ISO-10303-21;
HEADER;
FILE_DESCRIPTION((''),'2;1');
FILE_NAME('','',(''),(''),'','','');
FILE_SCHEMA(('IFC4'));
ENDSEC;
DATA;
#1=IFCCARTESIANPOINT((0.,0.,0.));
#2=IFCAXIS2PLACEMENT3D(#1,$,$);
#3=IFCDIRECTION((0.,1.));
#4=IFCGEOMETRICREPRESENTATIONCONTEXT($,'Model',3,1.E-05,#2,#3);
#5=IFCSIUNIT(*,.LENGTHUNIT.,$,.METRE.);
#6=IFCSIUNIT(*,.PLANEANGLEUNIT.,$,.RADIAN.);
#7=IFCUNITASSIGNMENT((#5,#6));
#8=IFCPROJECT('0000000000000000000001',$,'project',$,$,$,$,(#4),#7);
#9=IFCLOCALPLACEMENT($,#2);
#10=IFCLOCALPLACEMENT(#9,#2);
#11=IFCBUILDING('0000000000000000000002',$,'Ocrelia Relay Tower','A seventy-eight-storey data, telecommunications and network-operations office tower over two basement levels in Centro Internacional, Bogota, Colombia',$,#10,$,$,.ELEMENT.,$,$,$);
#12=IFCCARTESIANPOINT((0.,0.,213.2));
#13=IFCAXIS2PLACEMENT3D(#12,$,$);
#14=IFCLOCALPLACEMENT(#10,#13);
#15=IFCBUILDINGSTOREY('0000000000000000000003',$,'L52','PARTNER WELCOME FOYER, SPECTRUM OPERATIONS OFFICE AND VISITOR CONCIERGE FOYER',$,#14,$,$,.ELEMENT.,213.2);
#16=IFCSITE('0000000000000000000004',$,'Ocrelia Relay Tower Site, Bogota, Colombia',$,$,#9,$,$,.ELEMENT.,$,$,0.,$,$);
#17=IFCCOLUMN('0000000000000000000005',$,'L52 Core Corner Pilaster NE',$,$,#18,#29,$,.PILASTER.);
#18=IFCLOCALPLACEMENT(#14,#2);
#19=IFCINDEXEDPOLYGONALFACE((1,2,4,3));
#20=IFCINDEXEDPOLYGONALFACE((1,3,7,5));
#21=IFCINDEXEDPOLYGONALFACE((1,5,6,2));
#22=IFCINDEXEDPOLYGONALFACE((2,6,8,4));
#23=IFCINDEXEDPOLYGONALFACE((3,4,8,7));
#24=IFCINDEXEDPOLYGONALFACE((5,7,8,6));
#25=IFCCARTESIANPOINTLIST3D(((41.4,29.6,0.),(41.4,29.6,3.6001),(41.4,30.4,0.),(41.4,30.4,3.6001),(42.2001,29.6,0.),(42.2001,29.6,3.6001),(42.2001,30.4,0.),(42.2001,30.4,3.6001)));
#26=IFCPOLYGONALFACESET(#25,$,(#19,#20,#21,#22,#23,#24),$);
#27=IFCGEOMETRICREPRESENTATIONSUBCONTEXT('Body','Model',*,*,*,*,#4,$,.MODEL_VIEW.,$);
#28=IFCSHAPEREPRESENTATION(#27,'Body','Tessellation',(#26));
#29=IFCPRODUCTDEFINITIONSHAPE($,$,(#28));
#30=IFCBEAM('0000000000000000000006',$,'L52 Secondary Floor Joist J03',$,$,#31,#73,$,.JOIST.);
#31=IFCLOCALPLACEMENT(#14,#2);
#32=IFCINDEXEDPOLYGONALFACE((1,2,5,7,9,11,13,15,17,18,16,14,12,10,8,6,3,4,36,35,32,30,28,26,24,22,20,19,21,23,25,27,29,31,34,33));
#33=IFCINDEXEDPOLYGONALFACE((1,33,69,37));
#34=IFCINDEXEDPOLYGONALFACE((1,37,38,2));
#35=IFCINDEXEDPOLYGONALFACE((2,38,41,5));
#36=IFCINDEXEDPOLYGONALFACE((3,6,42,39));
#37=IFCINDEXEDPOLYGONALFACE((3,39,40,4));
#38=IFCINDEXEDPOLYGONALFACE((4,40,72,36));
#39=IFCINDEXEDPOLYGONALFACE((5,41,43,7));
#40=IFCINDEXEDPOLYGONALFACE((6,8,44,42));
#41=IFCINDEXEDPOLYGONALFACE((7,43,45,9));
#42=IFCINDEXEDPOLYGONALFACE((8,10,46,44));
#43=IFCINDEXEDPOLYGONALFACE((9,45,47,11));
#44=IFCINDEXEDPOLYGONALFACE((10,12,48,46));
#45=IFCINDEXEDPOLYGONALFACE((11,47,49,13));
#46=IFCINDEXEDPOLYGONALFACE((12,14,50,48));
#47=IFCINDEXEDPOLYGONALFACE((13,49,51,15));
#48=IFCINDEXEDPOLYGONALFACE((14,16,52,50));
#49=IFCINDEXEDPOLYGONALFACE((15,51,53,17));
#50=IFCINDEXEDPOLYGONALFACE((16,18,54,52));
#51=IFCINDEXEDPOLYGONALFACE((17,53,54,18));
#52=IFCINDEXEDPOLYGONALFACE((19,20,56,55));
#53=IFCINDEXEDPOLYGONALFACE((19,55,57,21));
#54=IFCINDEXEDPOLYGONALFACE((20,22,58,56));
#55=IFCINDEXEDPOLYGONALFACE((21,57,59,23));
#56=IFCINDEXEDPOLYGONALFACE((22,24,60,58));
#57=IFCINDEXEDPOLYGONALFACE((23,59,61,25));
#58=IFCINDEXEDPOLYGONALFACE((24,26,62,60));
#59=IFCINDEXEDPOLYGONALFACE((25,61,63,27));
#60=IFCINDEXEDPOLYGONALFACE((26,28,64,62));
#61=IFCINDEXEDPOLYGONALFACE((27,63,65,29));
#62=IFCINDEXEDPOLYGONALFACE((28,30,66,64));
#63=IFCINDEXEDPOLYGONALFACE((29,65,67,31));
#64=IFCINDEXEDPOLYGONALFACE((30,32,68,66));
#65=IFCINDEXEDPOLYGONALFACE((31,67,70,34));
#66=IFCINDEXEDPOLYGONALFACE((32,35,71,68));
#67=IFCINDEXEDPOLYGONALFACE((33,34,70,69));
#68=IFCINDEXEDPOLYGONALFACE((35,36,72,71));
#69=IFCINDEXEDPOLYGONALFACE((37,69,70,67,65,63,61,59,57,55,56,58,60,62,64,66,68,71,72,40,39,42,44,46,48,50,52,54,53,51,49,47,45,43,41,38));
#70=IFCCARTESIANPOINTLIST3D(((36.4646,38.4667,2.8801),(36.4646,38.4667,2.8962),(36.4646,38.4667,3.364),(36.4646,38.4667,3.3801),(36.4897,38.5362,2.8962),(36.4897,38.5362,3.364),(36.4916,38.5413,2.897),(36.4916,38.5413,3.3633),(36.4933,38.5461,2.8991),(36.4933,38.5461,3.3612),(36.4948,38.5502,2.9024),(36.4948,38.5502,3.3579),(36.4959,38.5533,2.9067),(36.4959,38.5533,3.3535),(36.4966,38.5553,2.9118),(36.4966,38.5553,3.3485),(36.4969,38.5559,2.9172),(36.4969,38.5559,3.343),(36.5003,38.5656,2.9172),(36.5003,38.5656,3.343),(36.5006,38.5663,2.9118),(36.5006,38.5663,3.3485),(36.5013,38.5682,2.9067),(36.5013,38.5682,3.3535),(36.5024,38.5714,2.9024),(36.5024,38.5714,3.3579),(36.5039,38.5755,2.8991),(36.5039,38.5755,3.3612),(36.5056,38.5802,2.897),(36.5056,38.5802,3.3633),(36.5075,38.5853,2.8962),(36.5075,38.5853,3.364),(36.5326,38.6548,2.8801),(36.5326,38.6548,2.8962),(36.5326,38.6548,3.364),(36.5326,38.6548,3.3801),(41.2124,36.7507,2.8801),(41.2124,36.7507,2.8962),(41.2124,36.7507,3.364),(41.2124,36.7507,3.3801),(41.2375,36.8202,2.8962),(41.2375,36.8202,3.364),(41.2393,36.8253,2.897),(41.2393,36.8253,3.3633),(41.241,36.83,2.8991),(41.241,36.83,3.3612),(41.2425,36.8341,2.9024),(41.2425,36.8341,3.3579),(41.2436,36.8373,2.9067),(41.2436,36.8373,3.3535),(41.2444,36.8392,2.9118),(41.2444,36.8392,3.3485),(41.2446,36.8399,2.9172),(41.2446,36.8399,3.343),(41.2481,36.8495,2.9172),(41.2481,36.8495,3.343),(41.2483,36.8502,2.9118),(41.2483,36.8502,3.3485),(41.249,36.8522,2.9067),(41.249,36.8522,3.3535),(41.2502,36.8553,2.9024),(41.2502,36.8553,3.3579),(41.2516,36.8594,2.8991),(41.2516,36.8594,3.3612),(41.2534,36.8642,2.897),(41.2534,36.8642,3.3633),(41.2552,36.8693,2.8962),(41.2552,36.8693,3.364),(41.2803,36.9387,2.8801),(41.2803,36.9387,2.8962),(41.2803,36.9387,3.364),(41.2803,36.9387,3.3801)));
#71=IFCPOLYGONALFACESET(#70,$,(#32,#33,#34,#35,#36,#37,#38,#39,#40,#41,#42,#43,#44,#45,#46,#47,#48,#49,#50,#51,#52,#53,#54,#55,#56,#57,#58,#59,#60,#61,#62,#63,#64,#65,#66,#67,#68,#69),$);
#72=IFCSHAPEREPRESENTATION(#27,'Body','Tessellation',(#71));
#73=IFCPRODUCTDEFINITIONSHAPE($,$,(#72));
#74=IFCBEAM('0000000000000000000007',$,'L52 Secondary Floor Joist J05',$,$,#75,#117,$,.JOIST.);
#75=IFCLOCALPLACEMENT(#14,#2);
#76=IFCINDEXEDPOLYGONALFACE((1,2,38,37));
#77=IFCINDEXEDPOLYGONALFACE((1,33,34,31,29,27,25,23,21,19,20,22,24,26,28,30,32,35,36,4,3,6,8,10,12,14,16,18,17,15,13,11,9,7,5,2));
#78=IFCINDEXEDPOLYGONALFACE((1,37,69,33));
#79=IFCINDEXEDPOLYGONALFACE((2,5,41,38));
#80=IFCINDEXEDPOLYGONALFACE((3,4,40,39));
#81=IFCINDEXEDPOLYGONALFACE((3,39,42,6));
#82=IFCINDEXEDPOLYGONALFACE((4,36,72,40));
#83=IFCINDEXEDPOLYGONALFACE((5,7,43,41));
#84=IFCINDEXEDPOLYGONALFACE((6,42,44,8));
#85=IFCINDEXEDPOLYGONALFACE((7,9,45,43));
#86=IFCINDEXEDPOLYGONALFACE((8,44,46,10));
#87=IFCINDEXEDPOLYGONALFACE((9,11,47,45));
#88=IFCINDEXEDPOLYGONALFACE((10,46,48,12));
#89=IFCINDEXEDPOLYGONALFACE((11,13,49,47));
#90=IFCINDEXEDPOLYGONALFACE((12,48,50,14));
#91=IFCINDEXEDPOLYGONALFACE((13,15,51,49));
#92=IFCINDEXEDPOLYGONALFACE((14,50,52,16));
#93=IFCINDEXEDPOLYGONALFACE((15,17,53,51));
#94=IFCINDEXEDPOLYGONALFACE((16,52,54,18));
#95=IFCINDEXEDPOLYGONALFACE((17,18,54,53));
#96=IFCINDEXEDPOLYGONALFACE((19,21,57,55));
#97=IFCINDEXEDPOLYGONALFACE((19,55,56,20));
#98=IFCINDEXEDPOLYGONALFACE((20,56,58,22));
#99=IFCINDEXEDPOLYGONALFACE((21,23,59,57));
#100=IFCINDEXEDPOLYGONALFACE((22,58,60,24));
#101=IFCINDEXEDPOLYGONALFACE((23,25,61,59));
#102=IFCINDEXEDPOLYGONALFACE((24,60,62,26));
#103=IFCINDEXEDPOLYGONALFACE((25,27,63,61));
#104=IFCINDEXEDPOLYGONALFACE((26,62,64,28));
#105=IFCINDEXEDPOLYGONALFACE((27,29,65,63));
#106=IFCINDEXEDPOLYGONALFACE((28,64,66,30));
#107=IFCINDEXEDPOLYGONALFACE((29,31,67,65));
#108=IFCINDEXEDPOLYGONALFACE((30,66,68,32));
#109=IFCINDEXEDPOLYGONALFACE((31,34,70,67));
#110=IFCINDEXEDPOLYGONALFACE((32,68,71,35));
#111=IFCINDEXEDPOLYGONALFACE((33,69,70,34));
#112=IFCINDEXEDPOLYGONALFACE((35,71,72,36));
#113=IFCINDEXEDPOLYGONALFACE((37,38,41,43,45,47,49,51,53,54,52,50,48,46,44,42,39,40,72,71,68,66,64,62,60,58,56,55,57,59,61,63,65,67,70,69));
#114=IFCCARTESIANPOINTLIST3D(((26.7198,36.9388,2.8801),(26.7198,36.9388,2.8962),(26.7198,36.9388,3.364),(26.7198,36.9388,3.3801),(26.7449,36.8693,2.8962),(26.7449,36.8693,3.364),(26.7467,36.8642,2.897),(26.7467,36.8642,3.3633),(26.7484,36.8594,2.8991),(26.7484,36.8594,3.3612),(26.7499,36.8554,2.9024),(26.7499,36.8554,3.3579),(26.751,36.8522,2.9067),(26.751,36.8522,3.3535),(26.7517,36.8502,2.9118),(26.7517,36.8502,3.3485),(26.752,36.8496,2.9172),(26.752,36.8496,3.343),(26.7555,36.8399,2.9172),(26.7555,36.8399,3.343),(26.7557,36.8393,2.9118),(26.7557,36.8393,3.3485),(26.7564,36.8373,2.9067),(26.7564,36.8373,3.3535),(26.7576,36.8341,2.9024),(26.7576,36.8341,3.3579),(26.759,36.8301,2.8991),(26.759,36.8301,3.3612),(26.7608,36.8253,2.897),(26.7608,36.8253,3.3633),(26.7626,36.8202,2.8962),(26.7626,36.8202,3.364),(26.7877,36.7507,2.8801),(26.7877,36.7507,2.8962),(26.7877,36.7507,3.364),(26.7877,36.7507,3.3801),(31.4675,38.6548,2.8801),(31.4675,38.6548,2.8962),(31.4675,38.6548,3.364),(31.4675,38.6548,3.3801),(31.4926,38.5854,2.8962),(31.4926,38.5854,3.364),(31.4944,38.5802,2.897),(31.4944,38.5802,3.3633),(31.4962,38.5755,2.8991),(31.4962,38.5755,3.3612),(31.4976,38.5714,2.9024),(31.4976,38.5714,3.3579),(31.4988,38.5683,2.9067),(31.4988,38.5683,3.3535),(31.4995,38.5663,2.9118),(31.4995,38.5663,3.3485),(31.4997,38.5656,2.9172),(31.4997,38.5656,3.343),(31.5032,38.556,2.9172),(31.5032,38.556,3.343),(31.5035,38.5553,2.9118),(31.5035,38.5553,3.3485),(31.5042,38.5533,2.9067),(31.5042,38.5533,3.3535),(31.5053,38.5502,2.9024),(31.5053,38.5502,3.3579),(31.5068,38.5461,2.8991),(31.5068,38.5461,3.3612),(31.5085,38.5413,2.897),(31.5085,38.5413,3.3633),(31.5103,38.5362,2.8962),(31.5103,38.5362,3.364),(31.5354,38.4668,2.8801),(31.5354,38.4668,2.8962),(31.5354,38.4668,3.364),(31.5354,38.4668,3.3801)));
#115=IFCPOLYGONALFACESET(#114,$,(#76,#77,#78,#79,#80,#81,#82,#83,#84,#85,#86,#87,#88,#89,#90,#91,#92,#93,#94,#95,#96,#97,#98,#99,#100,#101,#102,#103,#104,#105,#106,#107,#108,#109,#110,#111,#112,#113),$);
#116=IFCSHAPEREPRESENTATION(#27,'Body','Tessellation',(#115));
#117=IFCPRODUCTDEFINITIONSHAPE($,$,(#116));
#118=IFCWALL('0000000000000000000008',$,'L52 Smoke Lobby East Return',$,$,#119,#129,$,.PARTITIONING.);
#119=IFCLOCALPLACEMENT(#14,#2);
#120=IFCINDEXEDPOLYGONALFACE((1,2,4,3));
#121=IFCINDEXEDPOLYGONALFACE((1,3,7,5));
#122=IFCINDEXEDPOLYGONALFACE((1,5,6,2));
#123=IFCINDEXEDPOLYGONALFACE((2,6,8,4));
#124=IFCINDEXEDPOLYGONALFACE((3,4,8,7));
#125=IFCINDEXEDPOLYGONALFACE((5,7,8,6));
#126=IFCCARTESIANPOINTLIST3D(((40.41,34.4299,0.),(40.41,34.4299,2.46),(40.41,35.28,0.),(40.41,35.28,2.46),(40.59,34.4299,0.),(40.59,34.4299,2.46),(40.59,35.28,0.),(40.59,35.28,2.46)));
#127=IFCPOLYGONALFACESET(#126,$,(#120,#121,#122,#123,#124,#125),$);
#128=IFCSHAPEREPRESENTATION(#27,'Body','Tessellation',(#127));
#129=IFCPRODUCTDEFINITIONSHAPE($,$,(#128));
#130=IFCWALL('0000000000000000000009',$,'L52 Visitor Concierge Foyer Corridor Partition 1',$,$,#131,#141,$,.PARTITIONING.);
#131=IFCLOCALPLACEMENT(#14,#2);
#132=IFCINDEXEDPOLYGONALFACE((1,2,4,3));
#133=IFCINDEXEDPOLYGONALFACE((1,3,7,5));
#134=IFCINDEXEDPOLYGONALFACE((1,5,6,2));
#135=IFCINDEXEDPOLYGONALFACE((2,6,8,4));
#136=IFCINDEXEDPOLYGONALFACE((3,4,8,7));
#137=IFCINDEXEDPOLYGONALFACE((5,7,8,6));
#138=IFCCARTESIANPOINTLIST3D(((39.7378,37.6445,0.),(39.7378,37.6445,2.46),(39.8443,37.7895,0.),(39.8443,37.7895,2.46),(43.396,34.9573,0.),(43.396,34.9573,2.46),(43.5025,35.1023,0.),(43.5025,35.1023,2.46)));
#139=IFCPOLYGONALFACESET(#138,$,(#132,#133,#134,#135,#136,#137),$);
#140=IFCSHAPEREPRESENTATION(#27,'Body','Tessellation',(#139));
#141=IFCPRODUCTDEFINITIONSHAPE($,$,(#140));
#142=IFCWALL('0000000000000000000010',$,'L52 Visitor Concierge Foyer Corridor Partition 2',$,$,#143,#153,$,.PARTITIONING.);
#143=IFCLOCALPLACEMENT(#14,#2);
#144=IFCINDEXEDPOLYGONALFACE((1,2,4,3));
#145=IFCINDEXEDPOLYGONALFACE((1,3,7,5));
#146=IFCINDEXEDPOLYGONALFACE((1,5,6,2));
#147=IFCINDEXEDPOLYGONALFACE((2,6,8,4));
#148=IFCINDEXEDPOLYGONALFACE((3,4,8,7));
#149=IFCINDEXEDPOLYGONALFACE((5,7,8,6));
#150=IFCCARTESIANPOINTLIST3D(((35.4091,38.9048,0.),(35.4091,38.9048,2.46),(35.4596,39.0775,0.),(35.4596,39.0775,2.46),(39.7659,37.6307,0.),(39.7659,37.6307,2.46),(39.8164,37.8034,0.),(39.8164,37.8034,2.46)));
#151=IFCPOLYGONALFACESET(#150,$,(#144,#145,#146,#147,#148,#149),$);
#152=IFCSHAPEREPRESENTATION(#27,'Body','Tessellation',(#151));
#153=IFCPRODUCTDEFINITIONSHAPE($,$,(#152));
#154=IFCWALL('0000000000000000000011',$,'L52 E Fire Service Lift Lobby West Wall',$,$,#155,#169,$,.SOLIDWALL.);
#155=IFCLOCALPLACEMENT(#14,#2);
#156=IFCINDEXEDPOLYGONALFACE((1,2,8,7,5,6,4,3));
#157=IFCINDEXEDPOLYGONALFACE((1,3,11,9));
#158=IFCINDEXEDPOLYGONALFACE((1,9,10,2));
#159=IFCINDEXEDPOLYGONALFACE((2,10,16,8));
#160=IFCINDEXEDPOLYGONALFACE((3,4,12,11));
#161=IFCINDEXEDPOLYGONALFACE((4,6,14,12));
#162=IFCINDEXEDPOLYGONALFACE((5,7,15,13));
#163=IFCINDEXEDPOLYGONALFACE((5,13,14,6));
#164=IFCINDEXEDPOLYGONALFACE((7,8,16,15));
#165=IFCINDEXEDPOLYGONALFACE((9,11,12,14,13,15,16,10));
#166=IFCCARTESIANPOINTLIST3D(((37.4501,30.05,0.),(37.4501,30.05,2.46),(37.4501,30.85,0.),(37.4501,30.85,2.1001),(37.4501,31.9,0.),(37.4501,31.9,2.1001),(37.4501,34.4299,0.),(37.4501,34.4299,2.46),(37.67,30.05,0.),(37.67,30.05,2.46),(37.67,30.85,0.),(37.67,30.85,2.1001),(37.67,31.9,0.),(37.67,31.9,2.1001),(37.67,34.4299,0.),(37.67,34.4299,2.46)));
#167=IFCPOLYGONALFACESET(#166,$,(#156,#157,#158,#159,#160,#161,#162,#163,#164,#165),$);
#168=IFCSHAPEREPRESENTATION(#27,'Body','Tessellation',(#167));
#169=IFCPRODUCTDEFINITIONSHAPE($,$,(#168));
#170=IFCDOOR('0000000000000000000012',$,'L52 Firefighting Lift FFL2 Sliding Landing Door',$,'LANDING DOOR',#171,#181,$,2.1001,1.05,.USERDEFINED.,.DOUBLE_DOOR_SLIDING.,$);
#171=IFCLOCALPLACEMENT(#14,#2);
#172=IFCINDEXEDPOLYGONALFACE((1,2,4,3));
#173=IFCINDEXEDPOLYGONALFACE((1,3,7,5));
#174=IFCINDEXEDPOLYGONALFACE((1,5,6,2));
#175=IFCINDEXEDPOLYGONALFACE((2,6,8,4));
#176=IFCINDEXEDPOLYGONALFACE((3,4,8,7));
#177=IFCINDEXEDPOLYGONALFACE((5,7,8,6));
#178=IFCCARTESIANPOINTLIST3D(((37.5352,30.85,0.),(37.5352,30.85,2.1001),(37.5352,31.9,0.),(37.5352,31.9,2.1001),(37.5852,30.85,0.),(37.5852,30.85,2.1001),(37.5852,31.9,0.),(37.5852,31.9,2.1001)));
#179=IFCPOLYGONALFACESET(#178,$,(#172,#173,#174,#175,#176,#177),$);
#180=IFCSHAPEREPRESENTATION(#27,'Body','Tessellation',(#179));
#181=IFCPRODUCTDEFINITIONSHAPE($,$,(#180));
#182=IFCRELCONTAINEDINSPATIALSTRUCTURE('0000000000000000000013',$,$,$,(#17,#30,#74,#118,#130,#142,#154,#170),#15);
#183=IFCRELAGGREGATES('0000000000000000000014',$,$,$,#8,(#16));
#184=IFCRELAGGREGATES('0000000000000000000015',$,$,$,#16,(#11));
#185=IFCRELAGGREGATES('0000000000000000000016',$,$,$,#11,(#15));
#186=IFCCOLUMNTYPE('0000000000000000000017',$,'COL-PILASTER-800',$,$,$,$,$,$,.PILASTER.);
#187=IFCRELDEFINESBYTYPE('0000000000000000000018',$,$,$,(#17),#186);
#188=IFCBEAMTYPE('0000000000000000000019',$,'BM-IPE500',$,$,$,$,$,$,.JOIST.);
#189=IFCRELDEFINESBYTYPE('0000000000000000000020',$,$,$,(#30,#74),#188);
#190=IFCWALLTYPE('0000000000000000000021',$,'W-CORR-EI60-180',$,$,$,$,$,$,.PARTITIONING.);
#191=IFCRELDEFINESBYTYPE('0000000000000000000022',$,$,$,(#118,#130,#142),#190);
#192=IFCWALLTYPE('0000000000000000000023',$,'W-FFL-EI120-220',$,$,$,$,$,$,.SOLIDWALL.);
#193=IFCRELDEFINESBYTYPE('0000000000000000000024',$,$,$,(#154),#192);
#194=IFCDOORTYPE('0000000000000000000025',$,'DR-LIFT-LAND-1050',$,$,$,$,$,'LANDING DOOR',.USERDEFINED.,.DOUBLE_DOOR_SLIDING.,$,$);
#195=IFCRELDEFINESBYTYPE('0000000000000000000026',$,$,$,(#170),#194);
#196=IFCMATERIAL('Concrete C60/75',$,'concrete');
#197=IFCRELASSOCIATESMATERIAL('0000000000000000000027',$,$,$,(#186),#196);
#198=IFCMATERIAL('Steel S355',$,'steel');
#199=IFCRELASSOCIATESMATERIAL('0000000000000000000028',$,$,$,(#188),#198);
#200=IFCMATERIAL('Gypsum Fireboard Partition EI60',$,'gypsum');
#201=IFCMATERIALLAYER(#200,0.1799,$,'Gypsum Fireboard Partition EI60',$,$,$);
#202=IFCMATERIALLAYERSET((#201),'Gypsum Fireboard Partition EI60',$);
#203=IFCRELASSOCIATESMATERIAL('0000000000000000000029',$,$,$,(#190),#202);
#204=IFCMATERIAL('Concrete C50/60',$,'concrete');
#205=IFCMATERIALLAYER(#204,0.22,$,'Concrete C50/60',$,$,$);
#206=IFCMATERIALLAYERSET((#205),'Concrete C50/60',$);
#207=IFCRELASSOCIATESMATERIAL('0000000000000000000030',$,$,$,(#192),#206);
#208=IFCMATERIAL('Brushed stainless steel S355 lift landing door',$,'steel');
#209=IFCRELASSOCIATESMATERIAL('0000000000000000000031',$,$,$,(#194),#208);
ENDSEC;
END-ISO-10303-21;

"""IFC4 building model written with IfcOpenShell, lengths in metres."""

from ifc_helpers import new_model, si_unit, direction, frame, frame_2d, origin, origin_2d, place, context, subcontext, project, spatial, rectangle, i_section, extrude, material, layer, layer_set, material_profile, profile_set, type_object, element, fill, save


model = new_model("IFC4")

# Units and contexts
model_context = context("Model", 3, precision=1e-05, world=origin(), true_north=direction((0.0, 1.0)))
body_context = subcontext(model_context, "Body", "Model", "MODEL_VIEW")
ifc_project = project(units=[si_unit("LENGTHUNIT", "METRE"), si_unit("PLANEANGLEUNIT", "RADIAN")], contexts=[model_context])

# Site, building, storey
site_placement = place(None, origin())
site = spatial("IfcSite", under=ifc_project, at=site_placement, Name="Ocrelia Relay Tower Site, Bogota, Colombia", CompositionType="ELEMENT", RefElevation=0.0)
building_placement = place(site_placement, origin())
building = spatial("IfcBuilding", under=site, at=building_placement, Name="Ocrelia Relay Tower", Description="A seventy-eight-storey data, telecommunications and network-operations office tower over two basement levels in Centro Internacional, Bogota, Colombia", CompositionType="ELEMENT")
storey_placement = place(building_placement, frame((0.0, 0.0, 213.2)))
storey = spatial("IfcBuildingStorey", under=building, at=storey_placement, Name="L52", Description="PARTNER WELCOME FOYER, SPECTRUM OPERATIONS OFFICE AND VISITOR CONCIERGE FOYER", CompositionType="ELEMENT", Elevation=213.2)

# Column
ifc_material_1 = material(Name="Concrete C60/75", Category="concrete")
ifc_material_profile_1 = material_profile(ifc_material_1, rectangle(XDim=0.8, YDim=0.8, at=origin_2d()), Name="RC-COL-800x800")
ifc_profile_set_1 = profile_set([ifc_material_profile_1], Name="Concrete C60/75")
column_type = type_object("IfcColumnType", Name="COL-PILASTER-800", PredefinedType="PILASTER", material=ifc_profile_set_1)
column_placement = place(storey_placement, frame((41.8, 30.0, 0.0), z_axis=(0.0, 0.0, 1.0), x_axis=(1.0, 0.0, 0.0)))
element("IfcColumn", 1, at=column_placement, inside=storey, type_object=column_type, Name="L52 Core Corner Pilaster NE", PredefinedType="PILASTER", context=body_context, shape_type="SweptSolid", body=[
    extrude(rectangle(XDim=0.8, YDim=0.8, at=origin_2d()), origin(), (0.0, 0.0, 1.0), 3.6001),
])

# Beams
ifc_material_2 = material(Name="Steel S355", Category="steel")
ifc_material_profile_2 = material_profile(ifc_material_2, i_section(OverallWidth=0.2, OverallDepth=0.5, WebThickness=0.0103, FlangeThickness=0.0161, FilletRadius=0.021, at=origin_2d()), Name="IPE 500")
ifc_profile_set_2 = profile_set([ifc_material_profile_2], Name="Steel S355")
beam_type = type_object("IfcBeamType", Name="BM-IPE500", PredefinedType="JOIST", material=ifc_profile_set_2)
for number, where, z_axis, x_axis, name in (
    (2, (41.2463, 36.8447, 3.1301), (-0.940454, 0.339921, 0.0), (-0.339921, -0.940454, 0.0), "L52 Secondary Floor Joist J03"),
    (3, (31.5015, 38.5608, 3.1301), (-0.940454, -0.339921, 0.0), (0.339921, -0.940454, 0.0), "L52 Secondary Floor Joist J05"),
):
    element("IfcBeam", number, at=place(storey_placement, frame(where, z_axis=z_axis, x_axis=x_axis)), inside=storey, type_object=beam_type, Name=name, PredefinedType="JOIST", context=body_context, shape_type="SweptSolid", body=[
        extrude(i_section(OverallWidth=0.2, OverallDepth=0.5, WebThickness=0.0103, FlangeThickness=0.0161, FilletRadius=0.021, at=origin_2d()), origin(), (0.0, 0.0, 1.0), 5.0483),
    ])

# Wall
ifc_material_3 = material(Name="Gypsum Fireboard Partition EI60", Category="gypsum")
ifc_layer_1 = layer(ifc_material_3, 0.1799, Name="Gypsum Fireboard Partition EI60")
ifc_layer_set_1 = layer_set([ifc_layer_1], Name="Gypsum Fireboard Partition EI60")
wall_type_1 = type_object("IfcWallType", Name="W-CORR-EI60-180", PredefinedType="PARTITIONING", material=ifc_layer_set_1)
wall_1_placement = place(storey_placement, frame((40.5, 35.28, 0.0), z_axis=(0.0, 0.0, 1.0), x_axis=(0.0, -1.0, 0.0)))
element("IfcWall", 4, at=wall_1_placement, inside=storey, type_object=wall_type_1, Name="L52 Smoke Lobby East Return", PredefinedType="PARTITIONING", context=body_context, shape_type="SweptSolid", body=[
    extrude(rectangle(XDim=0.8501, YDim=0.1799, at=frame_2d((0.425, 0.0))), origin(), (0.0, 0.0, 1.0), 2.46),
])

# Walls
wall_2_placement = place(storey_placement, frame((43.4492, 35.0298, 0.0), z_axis=(0.0, 0.0, 1.0), x_axis=(-0.805924, 0.592019, 0.0)))
element("IfcWall", 5, at=wall_2_placement, inside=storey, type_object=wall_type_1, Name="L52 Visitor Concierge Foyer Corridor Partition 1", PredefinedType="PARTITIONING", context=body_context, shape_type="SweptSolid", body=[
    extrude(rectangle(XDim=4.5391, YDim=0.1799, at=frame_2d((2.2695, 0.0))), origin(), (0.0, 0.0, 1.0), 2.46),
])
wall_3_placement = place(storey_placement, frame((39.791, 37.717, 0.0), z_axis=(0.0, 0.0, 1.0), x_axis=(-0.959799, 0.28069, 0.0)))
element("IfcWall", 6, at=wall_3_placement, inside=storey, type_object=wall_type_1, Name="L52 Visitor Concierge Foyer Corridor Partition 2", PredefinedType="PARTITIONING", context=body_context, shape_type="SweptSolid", body=[
    extrude(rectangle(XDim=4.5393, YDim=0.1799, at=frame_2d((2.2695, 0.0))), origin(), (0.0, 0.0, 1.0), 2.46),
])

# Wall, opening, door
ifc_material_4 = material(Name="Concrete C50/60", Category="concrete")
ifc_layer_2 = layer(ifc_material_4, 0.22, Name="Concrete C50/60")
ifc_layer_set_2 = layer_set([ifc_layer_2], Name="Concrete C50/60")
wall_type_2 = type_object("IfcWallType", Name="W-FFL-EI120-220", PredefinedType="SOLIDWALL", material=ifc_layer_set_2)
wall_4_placement = place(storey_placement, frame((37.5601, 30.05, 0.0), z_axis=(0.0, 0.0, 1.0), x_axis=(0.0, 1.0, 0.0)))
wall_4 = element("IfcWall", 7, at=wall_4_placement, inside=storey, type_object=wall_type_2, Name="L52 E Fire Service Lift Lobby West Wall", PredefinedType="SOLIDWALL", context=body_context, shape_type="SweptSolid", body=[
    extrude(rectangle(XDim=4.3799, YDim=0.22, at=frame_2d((2.1899, 0.0))), origin(), (0.0, 0.0, 1.0), 2.46),
])
opening_1_placement = place(wall_4_placement, frame((0.8, 0.0, 0.0)))
opening_1 = element("IfcOpeningElement", 8, at=opening_1_placement, cuts=wall_4, PredefinedType="OPENING", context=body_context, shape_type="SweptSolid", body=[
    extrude(rectangle(XDim=1.05, YDim=2.1001, at=frame_2d((0.5249, 1.05))), frame((0.0, 0.1201, 0.0), z_axis=(0.0, -1.0, 0.0), x_axis=(1.0, 0.0, 0.0)), (0.0, 0.0, 1.0), 0.24),
])
ifc_material_5 = material(Name="Brushed stainless steel S355 lift landing door", Category="steel")
door_type_1 = type_object("IfcDoorType", Name="DR-LIFT-LAND-1050", ElementType="LANDING DOOR", OperationType="DOUBLE_DOOR_SLIDING", PredefinedType="USERDEFINED", material=ifc_material_5)
door_1_placement = place(opening_1_placement, origin())
door_1 = element("IfcDoor", 9, at=door_1_placement, inside=storey, type_object=door_type_1, Name="L52 Firefighting Lift FFL2 Sliding Landing Door", ObjectType="LANDING DOOR", OperationType="DOUBLE_DOOR_SLIDING", OverallHeight=2.1001, OverallWidth=1.05, PredefinedType="USERDEFINED", context=body_context, shape_type="SweptSolid", body=[
    extrude(rectangle(XDim=1.05, YDim=2.1001, at=frame_2d((0.5249, 1.05))), frame((0.0, 0.0249, 0.0), z_axis=(0.0, -1.0, 0.0), x_axis=(1.0, 0.0, 0.0)), (0.0, 0.0, 1.0), 0.05),
])
fill(opening_1, door_1)

save(model, "model.ifc")
